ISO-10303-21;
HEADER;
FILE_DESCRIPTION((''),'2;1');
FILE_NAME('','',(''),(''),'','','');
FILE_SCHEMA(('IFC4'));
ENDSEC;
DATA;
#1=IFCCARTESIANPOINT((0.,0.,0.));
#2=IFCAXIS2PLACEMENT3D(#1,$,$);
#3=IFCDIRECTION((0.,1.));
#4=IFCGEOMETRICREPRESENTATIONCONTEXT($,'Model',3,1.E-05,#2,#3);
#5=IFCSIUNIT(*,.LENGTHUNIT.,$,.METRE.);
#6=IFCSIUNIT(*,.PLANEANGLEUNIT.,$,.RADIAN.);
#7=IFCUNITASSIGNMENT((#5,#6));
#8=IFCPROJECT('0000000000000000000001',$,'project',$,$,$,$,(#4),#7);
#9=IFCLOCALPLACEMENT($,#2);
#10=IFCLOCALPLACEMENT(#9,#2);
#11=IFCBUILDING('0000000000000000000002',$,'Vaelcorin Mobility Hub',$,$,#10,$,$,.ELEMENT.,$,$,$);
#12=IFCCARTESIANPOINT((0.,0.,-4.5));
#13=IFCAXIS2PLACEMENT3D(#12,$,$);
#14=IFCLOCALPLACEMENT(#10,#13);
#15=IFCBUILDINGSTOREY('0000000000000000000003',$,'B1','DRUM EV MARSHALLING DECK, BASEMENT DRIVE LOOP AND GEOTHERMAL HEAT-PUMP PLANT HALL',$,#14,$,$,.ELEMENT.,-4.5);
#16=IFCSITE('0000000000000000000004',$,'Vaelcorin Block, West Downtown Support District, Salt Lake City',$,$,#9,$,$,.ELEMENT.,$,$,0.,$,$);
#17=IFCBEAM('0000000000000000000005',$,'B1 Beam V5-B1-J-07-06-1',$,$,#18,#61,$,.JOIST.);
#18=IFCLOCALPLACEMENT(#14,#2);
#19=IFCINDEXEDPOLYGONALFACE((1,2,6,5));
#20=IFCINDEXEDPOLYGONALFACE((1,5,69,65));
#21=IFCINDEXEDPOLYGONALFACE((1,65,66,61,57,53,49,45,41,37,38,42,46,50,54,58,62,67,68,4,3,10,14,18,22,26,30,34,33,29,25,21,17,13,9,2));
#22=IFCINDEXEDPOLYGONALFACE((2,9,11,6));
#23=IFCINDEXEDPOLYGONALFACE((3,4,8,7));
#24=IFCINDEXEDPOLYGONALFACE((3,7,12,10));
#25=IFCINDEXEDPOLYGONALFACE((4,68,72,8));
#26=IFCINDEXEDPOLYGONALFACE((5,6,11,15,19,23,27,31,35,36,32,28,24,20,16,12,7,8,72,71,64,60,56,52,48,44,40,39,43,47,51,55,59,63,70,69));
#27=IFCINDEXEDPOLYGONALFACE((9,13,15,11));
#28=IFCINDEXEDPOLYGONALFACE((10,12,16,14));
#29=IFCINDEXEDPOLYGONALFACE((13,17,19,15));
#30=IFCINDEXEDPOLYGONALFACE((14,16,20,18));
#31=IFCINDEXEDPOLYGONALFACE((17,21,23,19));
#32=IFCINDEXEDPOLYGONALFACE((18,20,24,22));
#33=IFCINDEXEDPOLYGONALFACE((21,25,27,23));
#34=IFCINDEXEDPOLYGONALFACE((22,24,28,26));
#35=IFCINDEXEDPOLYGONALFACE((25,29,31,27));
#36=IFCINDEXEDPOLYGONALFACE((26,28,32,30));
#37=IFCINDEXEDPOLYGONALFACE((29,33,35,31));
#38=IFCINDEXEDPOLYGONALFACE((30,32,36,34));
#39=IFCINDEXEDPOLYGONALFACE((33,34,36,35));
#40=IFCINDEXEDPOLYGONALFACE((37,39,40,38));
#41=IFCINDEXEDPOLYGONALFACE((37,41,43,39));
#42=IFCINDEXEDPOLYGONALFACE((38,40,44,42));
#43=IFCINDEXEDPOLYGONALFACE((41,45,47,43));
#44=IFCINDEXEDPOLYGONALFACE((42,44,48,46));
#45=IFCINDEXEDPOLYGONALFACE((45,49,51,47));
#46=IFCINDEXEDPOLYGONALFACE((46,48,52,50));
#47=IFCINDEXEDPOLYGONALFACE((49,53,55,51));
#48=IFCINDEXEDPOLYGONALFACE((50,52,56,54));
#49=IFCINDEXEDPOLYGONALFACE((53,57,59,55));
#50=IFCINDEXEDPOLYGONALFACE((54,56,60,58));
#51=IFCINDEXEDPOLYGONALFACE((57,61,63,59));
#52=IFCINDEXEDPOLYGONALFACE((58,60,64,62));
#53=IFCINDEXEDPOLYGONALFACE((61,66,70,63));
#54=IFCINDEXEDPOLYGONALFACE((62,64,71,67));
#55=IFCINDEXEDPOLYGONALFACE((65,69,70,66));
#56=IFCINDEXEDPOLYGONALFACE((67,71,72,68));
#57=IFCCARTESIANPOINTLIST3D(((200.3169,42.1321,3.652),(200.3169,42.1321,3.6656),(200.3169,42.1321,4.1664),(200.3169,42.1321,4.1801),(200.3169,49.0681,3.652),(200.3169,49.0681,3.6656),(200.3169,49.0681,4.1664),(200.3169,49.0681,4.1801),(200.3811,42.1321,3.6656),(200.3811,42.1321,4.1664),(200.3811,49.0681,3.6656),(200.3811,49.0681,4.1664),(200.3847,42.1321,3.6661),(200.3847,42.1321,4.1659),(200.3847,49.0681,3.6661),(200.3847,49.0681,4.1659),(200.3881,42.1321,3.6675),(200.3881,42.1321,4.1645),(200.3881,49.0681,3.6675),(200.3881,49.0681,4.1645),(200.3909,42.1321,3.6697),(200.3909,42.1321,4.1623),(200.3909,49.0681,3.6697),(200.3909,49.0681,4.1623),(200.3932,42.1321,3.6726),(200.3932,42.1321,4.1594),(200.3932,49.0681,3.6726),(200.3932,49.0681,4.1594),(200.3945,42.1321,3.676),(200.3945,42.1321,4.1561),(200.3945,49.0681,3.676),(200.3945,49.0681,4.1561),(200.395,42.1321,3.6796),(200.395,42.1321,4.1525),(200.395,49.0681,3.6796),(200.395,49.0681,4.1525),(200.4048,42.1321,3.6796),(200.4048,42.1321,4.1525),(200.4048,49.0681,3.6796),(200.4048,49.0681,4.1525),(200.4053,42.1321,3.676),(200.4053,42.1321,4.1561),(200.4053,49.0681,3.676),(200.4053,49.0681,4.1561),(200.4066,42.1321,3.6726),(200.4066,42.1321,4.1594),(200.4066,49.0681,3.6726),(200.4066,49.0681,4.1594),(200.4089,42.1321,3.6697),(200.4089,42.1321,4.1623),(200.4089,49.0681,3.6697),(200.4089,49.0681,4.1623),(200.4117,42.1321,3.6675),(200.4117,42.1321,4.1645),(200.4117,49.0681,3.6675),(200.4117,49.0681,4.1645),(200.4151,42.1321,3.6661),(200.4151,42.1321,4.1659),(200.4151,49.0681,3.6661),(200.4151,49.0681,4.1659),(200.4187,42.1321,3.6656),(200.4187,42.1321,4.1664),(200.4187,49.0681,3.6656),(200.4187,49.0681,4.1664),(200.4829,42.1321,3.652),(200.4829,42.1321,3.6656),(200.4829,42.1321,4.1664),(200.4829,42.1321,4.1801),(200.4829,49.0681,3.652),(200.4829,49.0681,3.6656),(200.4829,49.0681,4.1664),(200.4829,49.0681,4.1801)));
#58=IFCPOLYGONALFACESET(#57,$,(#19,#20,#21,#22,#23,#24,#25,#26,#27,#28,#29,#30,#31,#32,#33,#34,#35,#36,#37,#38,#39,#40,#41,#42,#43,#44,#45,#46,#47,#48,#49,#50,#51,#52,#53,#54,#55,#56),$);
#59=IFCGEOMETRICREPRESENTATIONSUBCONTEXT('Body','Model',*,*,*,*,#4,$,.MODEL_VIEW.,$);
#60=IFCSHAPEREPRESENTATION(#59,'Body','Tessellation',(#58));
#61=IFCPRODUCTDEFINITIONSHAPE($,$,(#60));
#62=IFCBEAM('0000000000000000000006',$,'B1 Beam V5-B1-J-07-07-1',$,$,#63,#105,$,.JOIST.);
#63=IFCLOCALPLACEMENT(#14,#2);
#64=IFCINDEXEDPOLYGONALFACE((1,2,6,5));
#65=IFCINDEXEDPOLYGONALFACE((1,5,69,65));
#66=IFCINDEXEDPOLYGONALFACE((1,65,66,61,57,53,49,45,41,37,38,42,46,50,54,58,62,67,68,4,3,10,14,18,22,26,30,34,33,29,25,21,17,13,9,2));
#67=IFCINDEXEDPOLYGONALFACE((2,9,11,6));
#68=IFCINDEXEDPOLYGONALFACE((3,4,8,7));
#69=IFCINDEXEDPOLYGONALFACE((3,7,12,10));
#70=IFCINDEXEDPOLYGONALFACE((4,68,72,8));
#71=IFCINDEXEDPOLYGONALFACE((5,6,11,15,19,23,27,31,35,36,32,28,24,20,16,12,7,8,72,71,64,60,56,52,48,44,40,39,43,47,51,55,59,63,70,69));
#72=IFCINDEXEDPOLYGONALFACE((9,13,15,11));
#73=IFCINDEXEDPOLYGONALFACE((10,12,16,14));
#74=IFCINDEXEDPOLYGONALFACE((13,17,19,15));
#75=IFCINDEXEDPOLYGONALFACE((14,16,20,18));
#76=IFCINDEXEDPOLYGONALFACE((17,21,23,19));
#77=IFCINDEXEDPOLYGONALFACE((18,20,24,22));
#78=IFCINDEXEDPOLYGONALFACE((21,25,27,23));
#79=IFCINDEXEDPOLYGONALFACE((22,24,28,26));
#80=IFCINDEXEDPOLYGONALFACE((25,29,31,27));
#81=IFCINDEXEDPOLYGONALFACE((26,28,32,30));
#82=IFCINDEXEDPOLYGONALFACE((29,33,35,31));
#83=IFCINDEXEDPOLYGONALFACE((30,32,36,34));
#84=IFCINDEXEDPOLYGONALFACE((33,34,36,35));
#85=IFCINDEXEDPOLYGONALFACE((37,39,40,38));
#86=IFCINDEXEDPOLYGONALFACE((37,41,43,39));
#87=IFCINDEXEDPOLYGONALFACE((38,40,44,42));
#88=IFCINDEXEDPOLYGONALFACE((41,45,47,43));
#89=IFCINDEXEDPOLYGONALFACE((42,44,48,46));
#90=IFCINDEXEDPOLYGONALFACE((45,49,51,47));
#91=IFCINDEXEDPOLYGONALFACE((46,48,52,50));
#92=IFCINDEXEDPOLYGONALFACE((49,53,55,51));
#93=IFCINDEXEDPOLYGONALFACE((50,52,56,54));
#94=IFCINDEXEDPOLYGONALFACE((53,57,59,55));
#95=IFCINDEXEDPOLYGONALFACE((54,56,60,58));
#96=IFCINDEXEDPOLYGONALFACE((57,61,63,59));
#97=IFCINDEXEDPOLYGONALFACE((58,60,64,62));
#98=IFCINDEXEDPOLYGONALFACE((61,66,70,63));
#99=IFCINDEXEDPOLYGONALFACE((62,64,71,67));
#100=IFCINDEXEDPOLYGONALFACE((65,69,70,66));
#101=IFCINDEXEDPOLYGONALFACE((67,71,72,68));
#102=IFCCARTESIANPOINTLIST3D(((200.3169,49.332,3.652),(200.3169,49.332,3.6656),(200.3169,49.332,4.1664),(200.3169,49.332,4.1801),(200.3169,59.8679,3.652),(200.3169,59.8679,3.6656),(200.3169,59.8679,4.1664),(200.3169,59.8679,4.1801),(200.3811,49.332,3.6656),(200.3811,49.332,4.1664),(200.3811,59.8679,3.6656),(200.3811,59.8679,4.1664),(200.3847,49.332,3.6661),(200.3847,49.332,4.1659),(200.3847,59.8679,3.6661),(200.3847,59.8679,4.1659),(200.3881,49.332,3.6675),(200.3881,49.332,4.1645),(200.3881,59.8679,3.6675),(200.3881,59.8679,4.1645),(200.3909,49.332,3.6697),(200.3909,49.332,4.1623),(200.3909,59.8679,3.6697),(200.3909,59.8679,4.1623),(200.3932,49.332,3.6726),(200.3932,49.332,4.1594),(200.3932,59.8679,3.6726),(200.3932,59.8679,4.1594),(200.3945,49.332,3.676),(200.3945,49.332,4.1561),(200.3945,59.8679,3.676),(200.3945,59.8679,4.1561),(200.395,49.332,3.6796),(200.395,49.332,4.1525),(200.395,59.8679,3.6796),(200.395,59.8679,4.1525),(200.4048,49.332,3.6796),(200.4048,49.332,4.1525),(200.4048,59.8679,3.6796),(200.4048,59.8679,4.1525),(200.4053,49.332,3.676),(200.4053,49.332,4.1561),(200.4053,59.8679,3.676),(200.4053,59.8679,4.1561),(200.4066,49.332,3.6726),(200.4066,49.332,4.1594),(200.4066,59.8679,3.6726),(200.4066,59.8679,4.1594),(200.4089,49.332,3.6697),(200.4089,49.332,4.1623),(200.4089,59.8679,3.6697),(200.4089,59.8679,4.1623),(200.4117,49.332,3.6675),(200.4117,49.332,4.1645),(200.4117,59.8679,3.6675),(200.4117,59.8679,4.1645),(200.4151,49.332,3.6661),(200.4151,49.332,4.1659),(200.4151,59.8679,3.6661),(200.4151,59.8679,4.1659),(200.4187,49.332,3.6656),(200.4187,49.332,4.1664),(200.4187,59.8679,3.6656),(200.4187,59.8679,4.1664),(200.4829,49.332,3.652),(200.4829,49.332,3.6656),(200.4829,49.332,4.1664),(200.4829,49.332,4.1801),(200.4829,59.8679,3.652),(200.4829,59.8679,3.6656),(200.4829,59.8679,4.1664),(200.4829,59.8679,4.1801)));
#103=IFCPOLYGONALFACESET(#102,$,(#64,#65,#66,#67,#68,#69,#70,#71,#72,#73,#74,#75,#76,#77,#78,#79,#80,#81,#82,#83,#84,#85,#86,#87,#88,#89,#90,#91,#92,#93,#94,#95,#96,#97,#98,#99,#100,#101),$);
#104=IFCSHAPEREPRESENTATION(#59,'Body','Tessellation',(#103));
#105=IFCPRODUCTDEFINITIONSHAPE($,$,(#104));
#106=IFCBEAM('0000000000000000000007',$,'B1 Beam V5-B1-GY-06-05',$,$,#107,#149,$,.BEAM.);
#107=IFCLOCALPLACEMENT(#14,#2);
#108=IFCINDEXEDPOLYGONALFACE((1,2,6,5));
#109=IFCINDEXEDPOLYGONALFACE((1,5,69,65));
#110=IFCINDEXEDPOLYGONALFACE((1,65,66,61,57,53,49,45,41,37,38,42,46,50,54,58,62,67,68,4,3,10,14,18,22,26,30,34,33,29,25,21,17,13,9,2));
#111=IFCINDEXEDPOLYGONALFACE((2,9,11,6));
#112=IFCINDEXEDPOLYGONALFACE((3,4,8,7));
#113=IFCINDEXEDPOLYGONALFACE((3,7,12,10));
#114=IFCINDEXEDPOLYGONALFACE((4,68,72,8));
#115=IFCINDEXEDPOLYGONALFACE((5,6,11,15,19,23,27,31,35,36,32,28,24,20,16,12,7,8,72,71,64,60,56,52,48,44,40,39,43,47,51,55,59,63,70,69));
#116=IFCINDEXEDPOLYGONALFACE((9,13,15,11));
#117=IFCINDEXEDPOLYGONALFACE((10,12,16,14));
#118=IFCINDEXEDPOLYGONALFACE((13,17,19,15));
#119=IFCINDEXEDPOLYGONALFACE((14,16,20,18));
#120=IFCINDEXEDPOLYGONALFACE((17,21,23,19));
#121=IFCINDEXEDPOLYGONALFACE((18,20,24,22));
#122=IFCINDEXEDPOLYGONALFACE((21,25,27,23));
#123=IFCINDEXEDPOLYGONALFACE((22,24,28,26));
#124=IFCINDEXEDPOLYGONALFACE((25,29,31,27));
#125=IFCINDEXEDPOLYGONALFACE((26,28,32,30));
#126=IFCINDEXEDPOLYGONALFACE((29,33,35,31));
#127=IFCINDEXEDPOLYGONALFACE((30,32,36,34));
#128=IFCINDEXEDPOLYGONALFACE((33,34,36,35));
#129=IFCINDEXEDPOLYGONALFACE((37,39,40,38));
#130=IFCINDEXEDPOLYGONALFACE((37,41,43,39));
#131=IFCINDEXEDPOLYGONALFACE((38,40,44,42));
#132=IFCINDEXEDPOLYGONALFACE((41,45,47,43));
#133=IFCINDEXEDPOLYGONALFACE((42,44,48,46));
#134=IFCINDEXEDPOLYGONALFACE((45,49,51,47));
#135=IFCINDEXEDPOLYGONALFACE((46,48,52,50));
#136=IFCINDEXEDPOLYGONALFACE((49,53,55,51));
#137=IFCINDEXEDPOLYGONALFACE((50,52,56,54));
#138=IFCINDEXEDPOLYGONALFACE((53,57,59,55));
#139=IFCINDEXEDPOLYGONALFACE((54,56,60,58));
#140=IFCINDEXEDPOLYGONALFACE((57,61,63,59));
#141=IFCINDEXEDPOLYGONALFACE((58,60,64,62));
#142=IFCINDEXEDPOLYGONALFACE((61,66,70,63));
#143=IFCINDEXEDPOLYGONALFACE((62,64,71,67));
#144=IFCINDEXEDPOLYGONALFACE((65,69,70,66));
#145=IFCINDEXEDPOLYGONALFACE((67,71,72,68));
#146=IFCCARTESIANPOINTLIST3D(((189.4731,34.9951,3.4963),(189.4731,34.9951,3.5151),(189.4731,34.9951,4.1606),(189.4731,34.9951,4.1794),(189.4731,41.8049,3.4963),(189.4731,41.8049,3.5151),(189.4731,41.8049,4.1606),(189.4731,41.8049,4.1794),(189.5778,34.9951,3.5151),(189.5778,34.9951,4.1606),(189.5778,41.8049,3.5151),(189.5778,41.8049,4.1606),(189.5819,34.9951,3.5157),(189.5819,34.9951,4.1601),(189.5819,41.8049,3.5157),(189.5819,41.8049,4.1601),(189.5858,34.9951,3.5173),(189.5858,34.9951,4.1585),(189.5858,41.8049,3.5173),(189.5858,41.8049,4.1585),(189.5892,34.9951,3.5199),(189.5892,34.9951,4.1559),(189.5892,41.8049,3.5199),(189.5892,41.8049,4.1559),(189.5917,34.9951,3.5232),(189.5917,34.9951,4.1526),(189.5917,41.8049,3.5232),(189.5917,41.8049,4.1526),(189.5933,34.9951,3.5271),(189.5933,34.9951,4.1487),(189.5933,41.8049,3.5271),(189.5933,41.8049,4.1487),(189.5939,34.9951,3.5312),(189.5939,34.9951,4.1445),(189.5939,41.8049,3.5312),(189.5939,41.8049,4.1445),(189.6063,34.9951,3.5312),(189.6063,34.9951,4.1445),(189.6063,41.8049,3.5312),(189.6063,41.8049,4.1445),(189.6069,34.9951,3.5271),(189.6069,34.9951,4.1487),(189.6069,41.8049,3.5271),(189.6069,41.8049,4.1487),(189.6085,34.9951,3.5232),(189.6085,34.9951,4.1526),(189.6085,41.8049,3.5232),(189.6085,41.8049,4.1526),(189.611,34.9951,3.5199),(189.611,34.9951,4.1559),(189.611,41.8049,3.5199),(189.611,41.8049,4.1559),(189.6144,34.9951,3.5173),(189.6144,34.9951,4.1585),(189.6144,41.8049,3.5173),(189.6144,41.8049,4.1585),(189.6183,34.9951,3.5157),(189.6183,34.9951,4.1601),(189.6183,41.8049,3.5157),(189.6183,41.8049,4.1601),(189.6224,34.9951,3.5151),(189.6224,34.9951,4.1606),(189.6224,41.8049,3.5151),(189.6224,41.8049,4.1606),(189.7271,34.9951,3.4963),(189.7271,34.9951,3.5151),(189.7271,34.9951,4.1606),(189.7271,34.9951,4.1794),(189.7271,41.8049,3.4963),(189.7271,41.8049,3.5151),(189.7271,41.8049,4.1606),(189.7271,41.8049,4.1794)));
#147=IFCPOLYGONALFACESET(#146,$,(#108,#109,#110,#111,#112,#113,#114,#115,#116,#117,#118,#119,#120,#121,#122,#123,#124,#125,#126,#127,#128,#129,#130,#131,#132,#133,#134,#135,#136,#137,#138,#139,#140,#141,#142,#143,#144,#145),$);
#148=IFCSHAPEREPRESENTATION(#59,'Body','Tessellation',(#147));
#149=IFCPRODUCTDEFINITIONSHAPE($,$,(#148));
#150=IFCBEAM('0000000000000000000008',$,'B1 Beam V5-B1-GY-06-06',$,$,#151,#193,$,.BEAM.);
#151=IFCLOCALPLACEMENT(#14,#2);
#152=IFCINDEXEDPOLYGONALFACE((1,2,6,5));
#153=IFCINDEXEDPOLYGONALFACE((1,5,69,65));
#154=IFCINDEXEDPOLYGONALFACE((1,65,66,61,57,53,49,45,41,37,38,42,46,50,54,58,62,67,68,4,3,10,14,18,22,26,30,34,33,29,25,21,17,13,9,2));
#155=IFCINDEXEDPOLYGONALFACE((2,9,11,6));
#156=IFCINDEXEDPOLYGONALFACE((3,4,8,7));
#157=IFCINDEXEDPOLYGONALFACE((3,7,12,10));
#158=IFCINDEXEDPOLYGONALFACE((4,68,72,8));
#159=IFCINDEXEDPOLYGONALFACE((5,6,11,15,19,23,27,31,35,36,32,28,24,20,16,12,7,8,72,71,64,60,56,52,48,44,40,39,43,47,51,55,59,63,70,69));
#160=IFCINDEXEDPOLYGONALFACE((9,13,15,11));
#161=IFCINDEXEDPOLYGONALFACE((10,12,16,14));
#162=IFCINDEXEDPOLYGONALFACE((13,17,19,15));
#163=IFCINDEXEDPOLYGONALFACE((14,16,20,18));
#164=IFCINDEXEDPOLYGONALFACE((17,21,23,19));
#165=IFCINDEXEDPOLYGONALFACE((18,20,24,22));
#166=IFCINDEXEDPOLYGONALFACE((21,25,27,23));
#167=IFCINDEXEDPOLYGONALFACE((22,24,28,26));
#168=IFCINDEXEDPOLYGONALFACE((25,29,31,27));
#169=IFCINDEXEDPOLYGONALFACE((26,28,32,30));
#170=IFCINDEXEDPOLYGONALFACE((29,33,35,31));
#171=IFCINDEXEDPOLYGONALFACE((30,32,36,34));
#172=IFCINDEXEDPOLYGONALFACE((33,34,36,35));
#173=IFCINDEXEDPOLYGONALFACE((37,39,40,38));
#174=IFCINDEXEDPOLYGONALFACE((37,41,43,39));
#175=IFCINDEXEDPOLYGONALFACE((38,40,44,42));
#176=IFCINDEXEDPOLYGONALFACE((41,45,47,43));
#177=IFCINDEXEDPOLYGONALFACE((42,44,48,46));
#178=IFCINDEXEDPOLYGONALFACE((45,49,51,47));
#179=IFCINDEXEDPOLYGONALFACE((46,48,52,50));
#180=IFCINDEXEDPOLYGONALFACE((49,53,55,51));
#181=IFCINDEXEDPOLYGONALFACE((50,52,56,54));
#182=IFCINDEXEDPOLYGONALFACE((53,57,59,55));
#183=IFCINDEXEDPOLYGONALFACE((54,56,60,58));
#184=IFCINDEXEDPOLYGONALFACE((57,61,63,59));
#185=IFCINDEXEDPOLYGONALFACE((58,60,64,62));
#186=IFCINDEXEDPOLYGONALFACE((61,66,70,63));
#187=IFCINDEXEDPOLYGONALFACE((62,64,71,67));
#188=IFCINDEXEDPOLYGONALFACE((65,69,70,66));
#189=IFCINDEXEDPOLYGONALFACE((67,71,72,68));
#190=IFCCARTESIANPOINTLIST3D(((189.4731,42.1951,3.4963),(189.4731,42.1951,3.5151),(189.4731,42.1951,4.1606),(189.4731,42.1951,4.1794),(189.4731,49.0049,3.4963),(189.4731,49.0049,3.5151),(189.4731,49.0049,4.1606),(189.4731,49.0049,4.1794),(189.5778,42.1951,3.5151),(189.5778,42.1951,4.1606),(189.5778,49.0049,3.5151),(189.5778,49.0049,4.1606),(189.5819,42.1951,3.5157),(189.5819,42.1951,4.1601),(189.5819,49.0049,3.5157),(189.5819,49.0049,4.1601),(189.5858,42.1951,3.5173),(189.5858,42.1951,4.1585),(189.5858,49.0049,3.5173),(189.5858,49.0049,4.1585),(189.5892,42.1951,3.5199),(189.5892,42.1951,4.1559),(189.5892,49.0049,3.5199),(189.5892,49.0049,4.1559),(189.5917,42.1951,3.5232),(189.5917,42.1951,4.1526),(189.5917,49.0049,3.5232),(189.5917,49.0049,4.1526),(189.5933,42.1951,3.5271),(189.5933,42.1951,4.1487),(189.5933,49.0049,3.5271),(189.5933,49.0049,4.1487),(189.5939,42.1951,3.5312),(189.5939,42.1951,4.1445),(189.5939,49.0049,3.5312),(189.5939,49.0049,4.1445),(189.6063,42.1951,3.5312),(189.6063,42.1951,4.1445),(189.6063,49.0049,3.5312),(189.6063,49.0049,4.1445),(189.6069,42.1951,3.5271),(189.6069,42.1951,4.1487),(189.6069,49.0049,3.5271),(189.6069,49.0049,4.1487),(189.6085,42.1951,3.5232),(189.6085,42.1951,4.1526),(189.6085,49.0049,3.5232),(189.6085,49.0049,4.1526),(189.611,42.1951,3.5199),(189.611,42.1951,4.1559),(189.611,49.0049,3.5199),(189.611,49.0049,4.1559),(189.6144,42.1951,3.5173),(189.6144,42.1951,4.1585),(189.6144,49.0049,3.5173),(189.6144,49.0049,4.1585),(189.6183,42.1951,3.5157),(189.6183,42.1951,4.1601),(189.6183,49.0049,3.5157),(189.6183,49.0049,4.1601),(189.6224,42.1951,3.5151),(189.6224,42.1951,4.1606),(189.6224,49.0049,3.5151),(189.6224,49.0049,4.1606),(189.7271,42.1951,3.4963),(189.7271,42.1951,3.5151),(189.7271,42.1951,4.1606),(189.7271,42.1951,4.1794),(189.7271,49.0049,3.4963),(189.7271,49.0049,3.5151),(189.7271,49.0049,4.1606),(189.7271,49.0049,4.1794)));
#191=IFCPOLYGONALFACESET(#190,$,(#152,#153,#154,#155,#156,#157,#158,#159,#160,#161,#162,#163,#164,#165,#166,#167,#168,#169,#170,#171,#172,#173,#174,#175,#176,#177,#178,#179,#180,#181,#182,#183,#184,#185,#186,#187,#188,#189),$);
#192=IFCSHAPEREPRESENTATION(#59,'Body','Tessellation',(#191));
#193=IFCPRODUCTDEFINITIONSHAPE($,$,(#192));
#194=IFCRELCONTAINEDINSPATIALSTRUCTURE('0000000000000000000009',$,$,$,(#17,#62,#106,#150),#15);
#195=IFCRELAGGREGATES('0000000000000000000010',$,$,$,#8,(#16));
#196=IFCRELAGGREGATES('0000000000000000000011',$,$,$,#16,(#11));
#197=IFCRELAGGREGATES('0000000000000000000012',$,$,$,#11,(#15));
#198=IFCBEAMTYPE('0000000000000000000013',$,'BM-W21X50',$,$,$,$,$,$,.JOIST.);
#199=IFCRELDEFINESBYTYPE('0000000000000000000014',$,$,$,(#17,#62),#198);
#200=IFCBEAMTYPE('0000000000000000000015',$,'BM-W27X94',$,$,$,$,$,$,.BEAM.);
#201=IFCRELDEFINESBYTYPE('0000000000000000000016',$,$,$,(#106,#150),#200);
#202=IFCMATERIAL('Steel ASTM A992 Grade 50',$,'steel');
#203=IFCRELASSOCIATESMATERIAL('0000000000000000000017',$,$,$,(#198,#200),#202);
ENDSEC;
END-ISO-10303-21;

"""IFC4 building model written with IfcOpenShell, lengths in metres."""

from ifc_helpers import new_model, si_unit, direction, frame, origin, origin_2d, place, context, subcontext, project, spatial, i_section, extrude, material, material_profile, profile_set, type_object, element, save


model = new_model("IFC4")

# Units and contexts
model_context = context("Model", 3, precision=1e-05, world=origin(), true_north=direction((0.0, 1.0)))
body_context = subcontext(model_context, "Body", "Model", "MODEL_VIEW")
ifc_project = project(units=[si_unit("LENGTHUNIT", "METRE"), si_unit("PLANEANGLEUNIT", "RADIAN")], contexts=[model_context])

# Site, building, storey
site_placement = place(None, origin())
site = spatial("IfcSite", under=ifc_project, at=site_placement, Name="Vaelcorin Block, West Downtown Support District, Salt Lake City", CompositionType="ELEMENT", RefElevation=0.0)
building_placement = place(site_placement, origin())
building = spatial("IfcBuilding", under=site, at=building_placement, Name="Vaelcorin Mobility Hub", CompositionType="ELEMENT")
storey_placement = place(building_placement, frame((0.0, 0.0, -4.5)))
storey = spatial("IfcBuildingStorey", under=building, at=storey_placement, Name="B1", Description="DRUM EV MARSHALLING DECK, BASEMENT DRIVE LOOP AND GEOTHERMAL HEAT-PUMP PLANT HALL", CompositionType="ELEMENT", Elevation=-4.5)

# Shared definitions
ifc_material_1 = material(Name="Steel ASTM A992 Grade 50", Category="steel")

# Beams
ifc_material_profile_1 = material_profile(ifc_material_1, i_section(OverallWidth=0.166, OverallDepth=0.5281, WebThickness=0.0098, FlangeThickness=0.0137, FilletRadius=0.0139, at=origin_2d()), Name="W21X50")
ifc_profile_set_1 = profile_set([ifc_material_profile_1], Name="Steel ASTM A992 Grade 50")
beam_type_1 = type_object("IfcBeamType", Name="BM-W21X50", PredefinedType="JOIST", material=ifc_profile_set_1)
for number, where, z_axis, x_axis, name in (
    (1, (200.3999, 42.1321, 3.916), (0.0, 1.0, 0.0), (-1.0, 0.0, 0.0), "B1 Beam V5-B1-J-07-06-1"),
):
    element("IfcBeam", number, at=place(storey_placement, frame(where, z_axis=z_axis, x_axis=x_axis)), inside=storey, type_object=beam_type_1, Name=name, PredefinedType="JOIST", context=body_context, shape_type="SweptSolid", body=[
        extrude(i_section(OverallWidth=0.166, OverallDepth=0.5281, WebThickness=0.0098, FlangeThickness=0.0137, FilletRadius=0.0139, at=origin_2d()), origin(), (0.0, 0.0, 1.0), 6.936),
    ])
beam_1_placement = place(storey_placement, frame((200.3999, 49.332, 3.916), z_axis=(0.0, 1.0, 0.0), x_axis=(-1.0, 0.0, 0.0)))
element("IfcBeam", 2, at=beam_1_placement, inside=storey, type_object=beam_type_1, Name="B1 Beam V5-B1-J-07-07-1", PredefinedType="JOIST", context=body_context, shape_type="SweptSolid", body=[
    extrude(i_section(OverallWidth=0.166, OverallDepth=0.5281, WebThickness=0.0098, FlangeThickness=0.0137, FilletRadius=0.0139, at=origin_2d()), origin(), (0.0, 0.0, 1.0), 10.5359),
])
ifc_material_profile_2 = material_profile(ifc_material_1, i_section(OverallWidth=0.2539, OverallDepth=0.6831, WebThickness=0.0125, FlangeThickness=0.0188, FilletRadius=0.0161, at=origin_2d()), Name="W27X94")
ifc_profile_set_2 = profile_set([ifc_material_profile_2], Name="Steel ASTM A992 Grade 50")
beam_type_2 = type_object("IfcBeamType", Name="BM-W27X94", PredefinedType="BEAM", material=ifc_profile_set_2)
for number, where, z_axis, x_axis, name in (
    (3, (189.6001, 34.9951, 3.8379), (0.0, 1.0, 0.0), (-1.0, 0.0, 0.0), "B1 Beam V5-B1-GY-06-05"),
    (4, (189.6001, 42.1951, 3.8379), (0.0, 1.0, 0.0), (-1.0, 0.0, 0.0), "B1 Beam V5-B1-GY-06-06"),
):
    element("IfcBeam", number, at=place(storey_placement, frame(where, z_axis=z_axis, x_axis=x_axis)), inside=storey, type_object=beam_type_2, Name=name, PredefinedType="BEAM", context=body_context, shape_type="SweptSolid", body=[
        extrude(i_section(OverallWidth=0.2539, OverallDepth=0.6831, WebThickness=0.0125, FlangeThickness=0.0188, FilletRadius=0.0161, at=origin_2d()), origin(), (0.0, 0.0, 1.0), 6.8098),
    ])

save(model, "model.ifc")
